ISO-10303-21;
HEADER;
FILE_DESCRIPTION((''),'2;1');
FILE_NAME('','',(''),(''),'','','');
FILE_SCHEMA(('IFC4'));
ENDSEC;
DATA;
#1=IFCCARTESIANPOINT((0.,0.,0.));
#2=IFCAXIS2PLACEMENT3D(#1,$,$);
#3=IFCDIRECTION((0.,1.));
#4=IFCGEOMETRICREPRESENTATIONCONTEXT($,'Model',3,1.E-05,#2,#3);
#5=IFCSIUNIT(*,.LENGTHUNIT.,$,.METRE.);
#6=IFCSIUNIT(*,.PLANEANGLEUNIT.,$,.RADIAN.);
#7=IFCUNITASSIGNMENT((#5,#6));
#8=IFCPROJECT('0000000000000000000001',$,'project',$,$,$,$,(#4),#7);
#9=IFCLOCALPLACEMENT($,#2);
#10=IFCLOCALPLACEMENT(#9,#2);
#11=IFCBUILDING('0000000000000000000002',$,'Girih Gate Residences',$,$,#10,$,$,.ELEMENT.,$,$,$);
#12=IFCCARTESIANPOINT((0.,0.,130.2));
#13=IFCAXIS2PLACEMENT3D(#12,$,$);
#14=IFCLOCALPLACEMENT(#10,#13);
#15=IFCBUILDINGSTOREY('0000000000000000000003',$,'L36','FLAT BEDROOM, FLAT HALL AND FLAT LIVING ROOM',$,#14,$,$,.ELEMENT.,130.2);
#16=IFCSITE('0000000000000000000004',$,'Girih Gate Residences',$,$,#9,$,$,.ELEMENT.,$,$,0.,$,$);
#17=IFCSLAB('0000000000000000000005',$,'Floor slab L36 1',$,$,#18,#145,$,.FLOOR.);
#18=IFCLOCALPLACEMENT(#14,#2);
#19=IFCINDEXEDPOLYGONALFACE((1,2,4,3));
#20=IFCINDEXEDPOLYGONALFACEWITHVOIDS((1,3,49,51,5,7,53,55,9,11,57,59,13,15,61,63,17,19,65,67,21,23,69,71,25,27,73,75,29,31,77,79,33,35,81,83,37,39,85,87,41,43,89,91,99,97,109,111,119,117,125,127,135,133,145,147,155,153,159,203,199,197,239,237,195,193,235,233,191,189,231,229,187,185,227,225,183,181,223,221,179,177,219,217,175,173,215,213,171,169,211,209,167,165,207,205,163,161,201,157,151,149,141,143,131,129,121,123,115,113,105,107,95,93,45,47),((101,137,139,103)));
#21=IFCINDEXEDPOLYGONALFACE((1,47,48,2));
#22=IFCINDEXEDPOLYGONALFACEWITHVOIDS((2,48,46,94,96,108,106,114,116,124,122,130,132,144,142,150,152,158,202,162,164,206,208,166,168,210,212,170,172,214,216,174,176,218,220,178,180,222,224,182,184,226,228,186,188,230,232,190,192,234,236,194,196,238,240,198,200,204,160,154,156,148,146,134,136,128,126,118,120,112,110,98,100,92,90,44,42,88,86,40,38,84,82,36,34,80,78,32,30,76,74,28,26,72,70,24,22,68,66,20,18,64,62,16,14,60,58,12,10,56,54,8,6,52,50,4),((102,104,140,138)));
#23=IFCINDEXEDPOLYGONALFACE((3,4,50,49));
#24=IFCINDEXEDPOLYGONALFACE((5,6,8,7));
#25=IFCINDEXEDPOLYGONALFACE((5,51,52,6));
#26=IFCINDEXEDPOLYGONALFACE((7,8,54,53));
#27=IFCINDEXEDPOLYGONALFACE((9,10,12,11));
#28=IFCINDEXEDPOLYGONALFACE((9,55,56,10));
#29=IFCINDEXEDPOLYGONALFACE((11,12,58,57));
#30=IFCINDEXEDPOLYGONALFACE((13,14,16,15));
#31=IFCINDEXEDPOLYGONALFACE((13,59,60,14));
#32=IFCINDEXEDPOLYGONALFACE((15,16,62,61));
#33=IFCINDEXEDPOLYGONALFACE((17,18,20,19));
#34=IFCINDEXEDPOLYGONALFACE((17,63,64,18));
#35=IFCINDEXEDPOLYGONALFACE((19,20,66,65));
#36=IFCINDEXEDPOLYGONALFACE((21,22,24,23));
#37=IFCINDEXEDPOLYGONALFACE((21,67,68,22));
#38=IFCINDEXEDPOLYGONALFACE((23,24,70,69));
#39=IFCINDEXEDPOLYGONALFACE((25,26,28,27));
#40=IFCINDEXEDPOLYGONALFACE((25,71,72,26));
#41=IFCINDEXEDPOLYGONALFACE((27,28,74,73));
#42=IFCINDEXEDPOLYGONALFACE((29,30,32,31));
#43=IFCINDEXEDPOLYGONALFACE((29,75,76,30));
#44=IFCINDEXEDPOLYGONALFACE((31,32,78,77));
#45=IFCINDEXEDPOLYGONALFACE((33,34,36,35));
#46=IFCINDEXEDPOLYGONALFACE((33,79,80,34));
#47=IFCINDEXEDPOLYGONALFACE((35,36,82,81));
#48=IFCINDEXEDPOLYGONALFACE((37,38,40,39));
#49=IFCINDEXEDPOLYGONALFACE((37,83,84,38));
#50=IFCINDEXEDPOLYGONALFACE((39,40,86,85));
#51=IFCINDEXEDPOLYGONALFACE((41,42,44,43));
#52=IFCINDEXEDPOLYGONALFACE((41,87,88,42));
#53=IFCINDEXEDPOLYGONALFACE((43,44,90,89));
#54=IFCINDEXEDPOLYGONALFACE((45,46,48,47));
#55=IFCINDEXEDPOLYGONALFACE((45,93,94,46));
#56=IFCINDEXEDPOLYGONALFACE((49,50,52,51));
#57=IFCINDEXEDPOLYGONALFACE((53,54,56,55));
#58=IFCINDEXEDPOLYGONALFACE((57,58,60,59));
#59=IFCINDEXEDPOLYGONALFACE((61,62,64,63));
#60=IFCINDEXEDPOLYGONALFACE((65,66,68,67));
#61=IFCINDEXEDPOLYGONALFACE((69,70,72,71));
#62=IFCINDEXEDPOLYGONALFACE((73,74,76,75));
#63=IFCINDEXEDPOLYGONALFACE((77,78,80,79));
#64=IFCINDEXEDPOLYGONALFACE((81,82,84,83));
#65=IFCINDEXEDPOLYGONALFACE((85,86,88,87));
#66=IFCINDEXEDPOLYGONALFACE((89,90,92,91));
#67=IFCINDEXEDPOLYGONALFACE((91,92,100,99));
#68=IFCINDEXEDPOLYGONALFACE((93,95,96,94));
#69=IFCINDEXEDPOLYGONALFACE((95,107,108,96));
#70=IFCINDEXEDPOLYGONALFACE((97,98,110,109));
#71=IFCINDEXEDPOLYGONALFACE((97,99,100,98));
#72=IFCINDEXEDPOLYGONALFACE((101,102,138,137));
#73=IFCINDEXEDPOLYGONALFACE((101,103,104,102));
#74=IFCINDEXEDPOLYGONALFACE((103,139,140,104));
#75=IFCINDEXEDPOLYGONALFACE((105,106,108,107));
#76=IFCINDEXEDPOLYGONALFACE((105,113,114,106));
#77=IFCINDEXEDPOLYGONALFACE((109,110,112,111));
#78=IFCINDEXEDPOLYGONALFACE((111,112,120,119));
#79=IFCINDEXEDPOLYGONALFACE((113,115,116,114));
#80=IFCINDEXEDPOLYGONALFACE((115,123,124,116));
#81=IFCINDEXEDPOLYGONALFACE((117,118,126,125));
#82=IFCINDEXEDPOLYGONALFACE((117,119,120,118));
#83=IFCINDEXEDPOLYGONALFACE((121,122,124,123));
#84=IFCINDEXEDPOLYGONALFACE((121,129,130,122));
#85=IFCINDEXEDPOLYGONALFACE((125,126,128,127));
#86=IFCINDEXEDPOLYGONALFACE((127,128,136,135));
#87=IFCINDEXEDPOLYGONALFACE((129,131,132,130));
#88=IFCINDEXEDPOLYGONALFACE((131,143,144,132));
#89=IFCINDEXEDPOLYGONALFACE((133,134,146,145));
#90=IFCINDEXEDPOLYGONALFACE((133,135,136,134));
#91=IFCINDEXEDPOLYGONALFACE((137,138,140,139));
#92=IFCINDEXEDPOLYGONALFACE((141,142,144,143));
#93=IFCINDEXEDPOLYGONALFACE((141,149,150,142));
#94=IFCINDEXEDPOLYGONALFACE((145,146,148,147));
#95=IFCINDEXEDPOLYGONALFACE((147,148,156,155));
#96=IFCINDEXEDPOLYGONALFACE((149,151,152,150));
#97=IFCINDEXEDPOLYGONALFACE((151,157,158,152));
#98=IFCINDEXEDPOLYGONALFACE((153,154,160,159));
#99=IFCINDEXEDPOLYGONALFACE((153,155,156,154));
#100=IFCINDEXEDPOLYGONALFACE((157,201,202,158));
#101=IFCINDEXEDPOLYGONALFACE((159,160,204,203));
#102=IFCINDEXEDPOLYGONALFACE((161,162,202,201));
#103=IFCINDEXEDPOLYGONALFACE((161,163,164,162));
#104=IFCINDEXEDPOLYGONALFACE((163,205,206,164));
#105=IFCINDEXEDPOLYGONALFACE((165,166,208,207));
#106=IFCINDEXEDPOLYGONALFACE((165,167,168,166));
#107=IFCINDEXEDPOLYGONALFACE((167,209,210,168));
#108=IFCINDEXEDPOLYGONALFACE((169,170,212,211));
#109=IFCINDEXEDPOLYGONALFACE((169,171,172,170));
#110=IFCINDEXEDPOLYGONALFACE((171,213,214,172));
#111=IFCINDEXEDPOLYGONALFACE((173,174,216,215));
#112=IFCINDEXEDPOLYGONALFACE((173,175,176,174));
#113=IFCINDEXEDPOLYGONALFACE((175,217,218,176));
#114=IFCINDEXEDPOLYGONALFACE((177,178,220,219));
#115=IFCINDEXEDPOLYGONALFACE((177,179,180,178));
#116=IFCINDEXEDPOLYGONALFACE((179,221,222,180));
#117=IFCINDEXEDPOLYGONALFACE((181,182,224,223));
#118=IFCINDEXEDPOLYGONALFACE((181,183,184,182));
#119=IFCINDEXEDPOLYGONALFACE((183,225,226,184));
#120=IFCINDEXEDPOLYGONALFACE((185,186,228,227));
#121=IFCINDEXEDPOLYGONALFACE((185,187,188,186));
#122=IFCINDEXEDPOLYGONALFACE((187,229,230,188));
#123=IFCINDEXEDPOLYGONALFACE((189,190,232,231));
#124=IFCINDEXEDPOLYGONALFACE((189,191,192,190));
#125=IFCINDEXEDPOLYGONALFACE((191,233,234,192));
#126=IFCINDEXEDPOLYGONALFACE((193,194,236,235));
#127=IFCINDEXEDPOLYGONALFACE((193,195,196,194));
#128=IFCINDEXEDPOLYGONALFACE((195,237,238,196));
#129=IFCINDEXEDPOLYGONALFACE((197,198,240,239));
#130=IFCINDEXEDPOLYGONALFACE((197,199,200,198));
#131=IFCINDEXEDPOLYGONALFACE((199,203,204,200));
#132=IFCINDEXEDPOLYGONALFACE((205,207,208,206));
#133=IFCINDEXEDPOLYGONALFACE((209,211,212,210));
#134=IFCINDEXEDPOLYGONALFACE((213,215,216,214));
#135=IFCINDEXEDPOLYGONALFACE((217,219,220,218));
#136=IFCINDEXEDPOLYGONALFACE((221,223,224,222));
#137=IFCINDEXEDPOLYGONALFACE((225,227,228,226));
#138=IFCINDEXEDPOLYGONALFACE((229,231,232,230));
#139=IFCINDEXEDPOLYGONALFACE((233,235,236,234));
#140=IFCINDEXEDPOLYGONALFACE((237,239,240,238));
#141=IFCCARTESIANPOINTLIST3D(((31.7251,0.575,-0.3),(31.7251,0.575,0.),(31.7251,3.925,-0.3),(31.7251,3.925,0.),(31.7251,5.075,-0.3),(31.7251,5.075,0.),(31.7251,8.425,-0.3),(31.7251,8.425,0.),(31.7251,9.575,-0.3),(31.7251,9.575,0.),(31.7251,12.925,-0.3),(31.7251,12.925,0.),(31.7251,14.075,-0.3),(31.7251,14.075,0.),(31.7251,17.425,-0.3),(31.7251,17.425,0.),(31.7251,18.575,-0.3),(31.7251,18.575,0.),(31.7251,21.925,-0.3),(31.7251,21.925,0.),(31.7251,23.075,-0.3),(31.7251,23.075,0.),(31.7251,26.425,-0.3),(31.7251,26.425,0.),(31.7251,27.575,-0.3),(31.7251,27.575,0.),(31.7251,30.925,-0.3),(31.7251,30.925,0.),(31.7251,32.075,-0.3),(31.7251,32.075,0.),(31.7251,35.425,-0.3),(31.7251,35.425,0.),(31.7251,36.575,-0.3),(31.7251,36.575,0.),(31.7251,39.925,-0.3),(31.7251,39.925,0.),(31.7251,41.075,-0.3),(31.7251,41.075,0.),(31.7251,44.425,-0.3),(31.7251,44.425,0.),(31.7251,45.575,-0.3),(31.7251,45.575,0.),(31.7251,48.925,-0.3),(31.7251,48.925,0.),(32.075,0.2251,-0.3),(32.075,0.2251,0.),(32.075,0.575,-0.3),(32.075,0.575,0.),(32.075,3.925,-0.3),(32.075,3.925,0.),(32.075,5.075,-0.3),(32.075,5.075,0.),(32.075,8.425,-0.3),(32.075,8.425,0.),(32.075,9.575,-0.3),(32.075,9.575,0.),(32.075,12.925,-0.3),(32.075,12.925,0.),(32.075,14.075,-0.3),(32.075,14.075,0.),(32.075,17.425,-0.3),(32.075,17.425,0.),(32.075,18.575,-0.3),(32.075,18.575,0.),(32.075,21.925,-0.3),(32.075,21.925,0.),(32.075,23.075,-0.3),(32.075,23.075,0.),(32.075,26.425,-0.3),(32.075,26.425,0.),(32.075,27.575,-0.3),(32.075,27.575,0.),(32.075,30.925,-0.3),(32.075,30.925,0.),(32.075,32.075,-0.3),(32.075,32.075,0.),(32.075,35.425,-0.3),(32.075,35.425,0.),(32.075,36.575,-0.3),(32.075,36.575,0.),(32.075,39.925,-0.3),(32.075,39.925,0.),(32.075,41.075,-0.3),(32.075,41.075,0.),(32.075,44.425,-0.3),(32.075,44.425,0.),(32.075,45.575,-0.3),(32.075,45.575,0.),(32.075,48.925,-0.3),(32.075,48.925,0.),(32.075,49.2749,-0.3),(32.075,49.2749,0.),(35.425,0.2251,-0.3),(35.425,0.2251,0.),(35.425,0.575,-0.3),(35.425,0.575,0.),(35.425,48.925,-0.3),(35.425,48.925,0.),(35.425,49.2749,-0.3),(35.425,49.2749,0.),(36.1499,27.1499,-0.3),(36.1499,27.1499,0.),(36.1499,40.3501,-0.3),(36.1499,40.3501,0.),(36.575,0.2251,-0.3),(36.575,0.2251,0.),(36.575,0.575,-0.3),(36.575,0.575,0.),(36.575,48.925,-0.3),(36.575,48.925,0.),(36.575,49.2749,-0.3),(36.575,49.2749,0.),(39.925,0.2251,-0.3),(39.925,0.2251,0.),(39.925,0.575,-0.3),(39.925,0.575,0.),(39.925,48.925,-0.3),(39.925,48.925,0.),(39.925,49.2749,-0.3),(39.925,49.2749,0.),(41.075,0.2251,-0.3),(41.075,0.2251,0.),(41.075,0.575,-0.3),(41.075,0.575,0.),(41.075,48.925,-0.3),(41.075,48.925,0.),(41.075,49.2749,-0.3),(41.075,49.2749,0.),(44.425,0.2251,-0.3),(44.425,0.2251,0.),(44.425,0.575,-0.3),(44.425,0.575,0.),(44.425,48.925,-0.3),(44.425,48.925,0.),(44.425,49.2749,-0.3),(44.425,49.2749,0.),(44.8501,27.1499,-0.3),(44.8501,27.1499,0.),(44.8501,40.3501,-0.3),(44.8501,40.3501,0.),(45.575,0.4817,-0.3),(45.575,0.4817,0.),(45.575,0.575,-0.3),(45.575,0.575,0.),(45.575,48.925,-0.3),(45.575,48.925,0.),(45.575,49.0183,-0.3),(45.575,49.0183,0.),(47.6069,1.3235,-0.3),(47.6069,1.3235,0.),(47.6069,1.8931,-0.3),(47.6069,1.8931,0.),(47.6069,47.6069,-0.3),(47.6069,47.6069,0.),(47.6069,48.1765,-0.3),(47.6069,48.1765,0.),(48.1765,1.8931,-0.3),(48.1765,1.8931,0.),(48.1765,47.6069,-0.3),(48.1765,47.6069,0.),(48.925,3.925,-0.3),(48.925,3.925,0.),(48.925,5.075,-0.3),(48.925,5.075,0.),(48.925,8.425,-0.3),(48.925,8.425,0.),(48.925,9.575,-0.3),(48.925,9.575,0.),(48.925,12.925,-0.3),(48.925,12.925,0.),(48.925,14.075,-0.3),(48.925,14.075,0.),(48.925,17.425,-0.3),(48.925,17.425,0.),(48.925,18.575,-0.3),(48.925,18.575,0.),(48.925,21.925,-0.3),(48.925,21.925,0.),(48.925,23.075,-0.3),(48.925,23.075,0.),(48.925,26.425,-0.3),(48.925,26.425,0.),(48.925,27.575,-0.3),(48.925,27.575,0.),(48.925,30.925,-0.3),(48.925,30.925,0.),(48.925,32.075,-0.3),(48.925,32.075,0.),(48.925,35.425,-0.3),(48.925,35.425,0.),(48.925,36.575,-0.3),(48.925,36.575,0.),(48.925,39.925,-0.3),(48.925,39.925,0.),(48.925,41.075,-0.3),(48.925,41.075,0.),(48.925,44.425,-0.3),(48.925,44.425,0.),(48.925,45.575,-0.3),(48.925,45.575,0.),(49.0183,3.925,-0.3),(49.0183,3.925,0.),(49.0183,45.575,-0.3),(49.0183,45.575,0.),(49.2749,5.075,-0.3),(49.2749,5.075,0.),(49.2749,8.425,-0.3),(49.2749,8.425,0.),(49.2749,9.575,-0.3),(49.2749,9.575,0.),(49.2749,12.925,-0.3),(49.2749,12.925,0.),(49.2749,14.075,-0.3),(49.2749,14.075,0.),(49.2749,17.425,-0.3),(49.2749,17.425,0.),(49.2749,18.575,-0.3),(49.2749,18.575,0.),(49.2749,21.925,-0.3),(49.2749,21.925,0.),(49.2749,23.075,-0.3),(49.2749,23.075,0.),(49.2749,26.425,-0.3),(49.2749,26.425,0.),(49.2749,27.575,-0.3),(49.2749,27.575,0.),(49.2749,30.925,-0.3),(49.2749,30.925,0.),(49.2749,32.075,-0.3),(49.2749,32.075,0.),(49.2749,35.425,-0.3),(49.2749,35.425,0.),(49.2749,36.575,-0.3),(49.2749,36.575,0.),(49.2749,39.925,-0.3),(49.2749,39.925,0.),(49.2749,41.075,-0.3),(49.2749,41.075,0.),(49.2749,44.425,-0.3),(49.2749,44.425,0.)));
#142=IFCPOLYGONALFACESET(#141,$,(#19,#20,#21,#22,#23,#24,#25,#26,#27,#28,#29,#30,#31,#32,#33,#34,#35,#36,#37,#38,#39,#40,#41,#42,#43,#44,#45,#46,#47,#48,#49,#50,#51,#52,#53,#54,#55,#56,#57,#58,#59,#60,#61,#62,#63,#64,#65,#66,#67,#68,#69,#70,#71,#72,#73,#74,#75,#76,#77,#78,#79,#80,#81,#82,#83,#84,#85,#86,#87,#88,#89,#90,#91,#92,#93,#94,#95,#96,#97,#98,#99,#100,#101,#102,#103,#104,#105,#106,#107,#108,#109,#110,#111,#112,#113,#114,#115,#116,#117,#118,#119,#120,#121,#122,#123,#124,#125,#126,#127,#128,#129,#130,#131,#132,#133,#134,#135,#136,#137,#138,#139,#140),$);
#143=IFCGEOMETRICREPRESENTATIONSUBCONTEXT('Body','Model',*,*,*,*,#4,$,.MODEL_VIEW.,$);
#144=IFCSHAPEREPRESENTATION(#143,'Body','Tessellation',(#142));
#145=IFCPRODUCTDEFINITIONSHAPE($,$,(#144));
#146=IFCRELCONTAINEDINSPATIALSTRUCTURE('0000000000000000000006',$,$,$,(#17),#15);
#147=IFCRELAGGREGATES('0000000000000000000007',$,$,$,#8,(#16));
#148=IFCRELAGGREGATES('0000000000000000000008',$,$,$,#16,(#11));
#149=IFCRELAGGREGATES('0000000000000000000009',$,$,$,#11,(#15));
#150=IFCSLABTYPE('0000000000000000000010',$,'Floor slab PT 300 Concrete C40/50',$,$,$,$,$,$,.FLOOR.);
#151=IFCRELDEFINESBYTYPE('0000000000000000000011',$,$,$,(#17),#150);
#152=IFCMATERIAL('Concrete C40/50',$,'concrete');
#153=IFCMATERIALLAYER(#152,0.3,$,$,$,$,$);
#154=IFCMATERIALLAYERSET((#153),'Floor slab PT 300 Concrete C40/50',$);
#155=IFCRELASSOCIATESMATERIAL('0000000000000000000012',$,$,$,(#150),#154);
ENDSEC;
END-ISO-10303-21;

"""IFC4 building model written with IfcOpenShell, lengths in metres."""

from ifc_helpers import new_model, si_unit, direction, frame, origin, place, context, subcontext, project, spatial, polyline, outline, extrude, material, layer, layer_set, type_object, element, save


model = new_model("IFC4")

# Units and contexts
model_context = context("Model", 3, precision=1e-05, world=origin(), true_north=direction((0.0, 1.0)))
body_context = subcontext(model_context, "Body", "Model", "MODEL_VIEW")
ifc_project = project(units=[si_unit("LENGTHUNIT", "METRE"), si_unit("PLANEANGLEUNIT", "RADIAN")], contexts=[model_context])

# Site, building, storey
site_placement = place(None, origin())
site = spatial("IfcSite", under=ifc_project, at=site_placement, Name="Girih Gate Residences", CompositionType="ELEMENT", RefElevation=0.0)
building_placement = place(site_placement, origin())
building = spatial("IfcBuilding", under=site, at=building_placement, Name="Girih Gate Residences", CompositionType="ELEMENT")
storey_placement = place(building_placement, frame((0.0, 0.0, 130.2)))
storey = spatial("IfcBuildingStorey", under=building, at=storey_placement, Name="L36", Description="FLAT BEDROOM, FLAT HALL AND FLAT LIVING ROOM", CompositionType="ELEMENT", Elevation=130.2)

# Slab
ifc_material_1 = material(Name="Concrete C40/50", Category="concrete")
ifc_layer_1 = layer(ifc_material_1, 0.3)
ifc_layer_set_1 = layer_set([ifc_layer_1], Name="Floor slab PT 300 Concrete C40/50")
slab_type_1 = type_object("IfcSlabType", Name="Floor slab PT 300 Concrete C40/50", PredefinedType="FLOOR", material=ifc_layer_set_1)
slab_1_placement = place(storey_placement, frame((0.0, 0.0, -0.3)))
element("IfcSlab", 1, at=slab_1_placement, inside=storey, type_object=slab_type_1, Name="Floor slab L36 1", PredefinedType="FLOOR", context=body_context, shape_type="SweptSolid", body=[
    extrude(outline(polyline([(35.425, 49.2749), (32.075, 49.2749), (32.075, 48.925), (31.7251, 48.925), (31.7251, 45.575), (32.075, 45.575), (32.075, 44.425), (31.7251, 44.425), (31.7251, 41.075), (32.075, 41.075), (32.075, 39.925), (31.7251, 39.925), (31.7251, 36.575), (32.075, 36.575), (32.075, 35.425), (31.7251, 35.425), (31.7251, 32.075), (32.075, 32.075), (32.075, 30.925), (31.7251, 30.925), (31.7251, 27.575), (32.075, 27.575), (32.075, 26.425), (31.7251, 26.425), (31.7251, 23.075), (32.075, 23.075), (32.075, 21.925), (31.7251, 21.925), (31.7251, 18.575), (32.075, 18.575), (32.075, 17.425), (31.7251, 17.425), (31.7251, 14.075), (32.075, 14.075), (32.075, 12.925), (31.7251, 12.925), (31.7251, 9.575), (32.075, 9.575), (32.075, 8.425), (31.7251, 8.425), (31.7251, 5.075), (32.075, 5.075), (32.075, 3.925), (31.7251, 3.925), (31.7251, 0.575), (32.075, 0.575), (32.075, 0.2251), (35.425, 0.2251), (35.425, 0.575), (36.575, 0.575), (36.575, 0.2251), (39.925, 0.2251), (39.925, 0.575), (41.075, 0.575), (41.075, 0.2251), (44.425, 0.2251), (44.425, 0.575), (45.575, 0.575), (45.575, 0.4817), (47.6069, 1.3235), (47.6069, 1.8931), (48.1765, 1.8931), (49.0183, 3.925), (48.925, 3.925), (48.925, 5.075), (49.2749, 5.075), (49.2749, 8.425), (48.925, 8.425), (48.925, 9.575), (49.2749, 9.575), (49.2749, 12.925), (48.925, 12.925), (48.925, 14.075), (49.2749, 14.075), (49.2749, 17.425), (48.925, 17.425), (48.925, 18.575), (49.2749, 18.575), (49.2749, 21.925), (48.925, 21.925), (48.925, 23.075), (49.2749, 23.075), (49.2749, 26.425), (48.925, 26.425), (48.925, 27.575), (49.2749, 27.575), (49.2749, 30.925), (48.925, 30.925), (48.925, 32.075), (49.2749, 32.075), (49.2749, 35.425), (48.925, 35.425), (48.925, 36.575), (49.2749, 36.575), (49.2749, 39.925), (48.925, 39.925), (48.925, 41.075), (49.2749, 41.075), (49.2749, 44.425), (48.925, 44.425), (48.925, 45.575), (49.0183, 45.575), (48.1765, 47.6069), (47.6069, 47.6069), (47.6069, 48.1765), (45.575, 49.0183), (45.575, 48.925), (44.425, 48.925), (44.425, 49.2749), (41.075, 49.2749), (41.075, 48.925), (39.925, 48.925), (39.925, 49.2749), (36.575, 49.2749), (36.575, 48.925), (35.425, 48.925), (35.425, 49.2749)]), holes=[polyline([(44.8501, 40.3501), (44.8501, 27.1499), (36.1499, 27.1499), (36.1499, 40.3501), (44.8501, 40.3501)])]), origin(), (0.0, 0.0, 1.0), 0.3),
])

save(model, "model.ifc")
